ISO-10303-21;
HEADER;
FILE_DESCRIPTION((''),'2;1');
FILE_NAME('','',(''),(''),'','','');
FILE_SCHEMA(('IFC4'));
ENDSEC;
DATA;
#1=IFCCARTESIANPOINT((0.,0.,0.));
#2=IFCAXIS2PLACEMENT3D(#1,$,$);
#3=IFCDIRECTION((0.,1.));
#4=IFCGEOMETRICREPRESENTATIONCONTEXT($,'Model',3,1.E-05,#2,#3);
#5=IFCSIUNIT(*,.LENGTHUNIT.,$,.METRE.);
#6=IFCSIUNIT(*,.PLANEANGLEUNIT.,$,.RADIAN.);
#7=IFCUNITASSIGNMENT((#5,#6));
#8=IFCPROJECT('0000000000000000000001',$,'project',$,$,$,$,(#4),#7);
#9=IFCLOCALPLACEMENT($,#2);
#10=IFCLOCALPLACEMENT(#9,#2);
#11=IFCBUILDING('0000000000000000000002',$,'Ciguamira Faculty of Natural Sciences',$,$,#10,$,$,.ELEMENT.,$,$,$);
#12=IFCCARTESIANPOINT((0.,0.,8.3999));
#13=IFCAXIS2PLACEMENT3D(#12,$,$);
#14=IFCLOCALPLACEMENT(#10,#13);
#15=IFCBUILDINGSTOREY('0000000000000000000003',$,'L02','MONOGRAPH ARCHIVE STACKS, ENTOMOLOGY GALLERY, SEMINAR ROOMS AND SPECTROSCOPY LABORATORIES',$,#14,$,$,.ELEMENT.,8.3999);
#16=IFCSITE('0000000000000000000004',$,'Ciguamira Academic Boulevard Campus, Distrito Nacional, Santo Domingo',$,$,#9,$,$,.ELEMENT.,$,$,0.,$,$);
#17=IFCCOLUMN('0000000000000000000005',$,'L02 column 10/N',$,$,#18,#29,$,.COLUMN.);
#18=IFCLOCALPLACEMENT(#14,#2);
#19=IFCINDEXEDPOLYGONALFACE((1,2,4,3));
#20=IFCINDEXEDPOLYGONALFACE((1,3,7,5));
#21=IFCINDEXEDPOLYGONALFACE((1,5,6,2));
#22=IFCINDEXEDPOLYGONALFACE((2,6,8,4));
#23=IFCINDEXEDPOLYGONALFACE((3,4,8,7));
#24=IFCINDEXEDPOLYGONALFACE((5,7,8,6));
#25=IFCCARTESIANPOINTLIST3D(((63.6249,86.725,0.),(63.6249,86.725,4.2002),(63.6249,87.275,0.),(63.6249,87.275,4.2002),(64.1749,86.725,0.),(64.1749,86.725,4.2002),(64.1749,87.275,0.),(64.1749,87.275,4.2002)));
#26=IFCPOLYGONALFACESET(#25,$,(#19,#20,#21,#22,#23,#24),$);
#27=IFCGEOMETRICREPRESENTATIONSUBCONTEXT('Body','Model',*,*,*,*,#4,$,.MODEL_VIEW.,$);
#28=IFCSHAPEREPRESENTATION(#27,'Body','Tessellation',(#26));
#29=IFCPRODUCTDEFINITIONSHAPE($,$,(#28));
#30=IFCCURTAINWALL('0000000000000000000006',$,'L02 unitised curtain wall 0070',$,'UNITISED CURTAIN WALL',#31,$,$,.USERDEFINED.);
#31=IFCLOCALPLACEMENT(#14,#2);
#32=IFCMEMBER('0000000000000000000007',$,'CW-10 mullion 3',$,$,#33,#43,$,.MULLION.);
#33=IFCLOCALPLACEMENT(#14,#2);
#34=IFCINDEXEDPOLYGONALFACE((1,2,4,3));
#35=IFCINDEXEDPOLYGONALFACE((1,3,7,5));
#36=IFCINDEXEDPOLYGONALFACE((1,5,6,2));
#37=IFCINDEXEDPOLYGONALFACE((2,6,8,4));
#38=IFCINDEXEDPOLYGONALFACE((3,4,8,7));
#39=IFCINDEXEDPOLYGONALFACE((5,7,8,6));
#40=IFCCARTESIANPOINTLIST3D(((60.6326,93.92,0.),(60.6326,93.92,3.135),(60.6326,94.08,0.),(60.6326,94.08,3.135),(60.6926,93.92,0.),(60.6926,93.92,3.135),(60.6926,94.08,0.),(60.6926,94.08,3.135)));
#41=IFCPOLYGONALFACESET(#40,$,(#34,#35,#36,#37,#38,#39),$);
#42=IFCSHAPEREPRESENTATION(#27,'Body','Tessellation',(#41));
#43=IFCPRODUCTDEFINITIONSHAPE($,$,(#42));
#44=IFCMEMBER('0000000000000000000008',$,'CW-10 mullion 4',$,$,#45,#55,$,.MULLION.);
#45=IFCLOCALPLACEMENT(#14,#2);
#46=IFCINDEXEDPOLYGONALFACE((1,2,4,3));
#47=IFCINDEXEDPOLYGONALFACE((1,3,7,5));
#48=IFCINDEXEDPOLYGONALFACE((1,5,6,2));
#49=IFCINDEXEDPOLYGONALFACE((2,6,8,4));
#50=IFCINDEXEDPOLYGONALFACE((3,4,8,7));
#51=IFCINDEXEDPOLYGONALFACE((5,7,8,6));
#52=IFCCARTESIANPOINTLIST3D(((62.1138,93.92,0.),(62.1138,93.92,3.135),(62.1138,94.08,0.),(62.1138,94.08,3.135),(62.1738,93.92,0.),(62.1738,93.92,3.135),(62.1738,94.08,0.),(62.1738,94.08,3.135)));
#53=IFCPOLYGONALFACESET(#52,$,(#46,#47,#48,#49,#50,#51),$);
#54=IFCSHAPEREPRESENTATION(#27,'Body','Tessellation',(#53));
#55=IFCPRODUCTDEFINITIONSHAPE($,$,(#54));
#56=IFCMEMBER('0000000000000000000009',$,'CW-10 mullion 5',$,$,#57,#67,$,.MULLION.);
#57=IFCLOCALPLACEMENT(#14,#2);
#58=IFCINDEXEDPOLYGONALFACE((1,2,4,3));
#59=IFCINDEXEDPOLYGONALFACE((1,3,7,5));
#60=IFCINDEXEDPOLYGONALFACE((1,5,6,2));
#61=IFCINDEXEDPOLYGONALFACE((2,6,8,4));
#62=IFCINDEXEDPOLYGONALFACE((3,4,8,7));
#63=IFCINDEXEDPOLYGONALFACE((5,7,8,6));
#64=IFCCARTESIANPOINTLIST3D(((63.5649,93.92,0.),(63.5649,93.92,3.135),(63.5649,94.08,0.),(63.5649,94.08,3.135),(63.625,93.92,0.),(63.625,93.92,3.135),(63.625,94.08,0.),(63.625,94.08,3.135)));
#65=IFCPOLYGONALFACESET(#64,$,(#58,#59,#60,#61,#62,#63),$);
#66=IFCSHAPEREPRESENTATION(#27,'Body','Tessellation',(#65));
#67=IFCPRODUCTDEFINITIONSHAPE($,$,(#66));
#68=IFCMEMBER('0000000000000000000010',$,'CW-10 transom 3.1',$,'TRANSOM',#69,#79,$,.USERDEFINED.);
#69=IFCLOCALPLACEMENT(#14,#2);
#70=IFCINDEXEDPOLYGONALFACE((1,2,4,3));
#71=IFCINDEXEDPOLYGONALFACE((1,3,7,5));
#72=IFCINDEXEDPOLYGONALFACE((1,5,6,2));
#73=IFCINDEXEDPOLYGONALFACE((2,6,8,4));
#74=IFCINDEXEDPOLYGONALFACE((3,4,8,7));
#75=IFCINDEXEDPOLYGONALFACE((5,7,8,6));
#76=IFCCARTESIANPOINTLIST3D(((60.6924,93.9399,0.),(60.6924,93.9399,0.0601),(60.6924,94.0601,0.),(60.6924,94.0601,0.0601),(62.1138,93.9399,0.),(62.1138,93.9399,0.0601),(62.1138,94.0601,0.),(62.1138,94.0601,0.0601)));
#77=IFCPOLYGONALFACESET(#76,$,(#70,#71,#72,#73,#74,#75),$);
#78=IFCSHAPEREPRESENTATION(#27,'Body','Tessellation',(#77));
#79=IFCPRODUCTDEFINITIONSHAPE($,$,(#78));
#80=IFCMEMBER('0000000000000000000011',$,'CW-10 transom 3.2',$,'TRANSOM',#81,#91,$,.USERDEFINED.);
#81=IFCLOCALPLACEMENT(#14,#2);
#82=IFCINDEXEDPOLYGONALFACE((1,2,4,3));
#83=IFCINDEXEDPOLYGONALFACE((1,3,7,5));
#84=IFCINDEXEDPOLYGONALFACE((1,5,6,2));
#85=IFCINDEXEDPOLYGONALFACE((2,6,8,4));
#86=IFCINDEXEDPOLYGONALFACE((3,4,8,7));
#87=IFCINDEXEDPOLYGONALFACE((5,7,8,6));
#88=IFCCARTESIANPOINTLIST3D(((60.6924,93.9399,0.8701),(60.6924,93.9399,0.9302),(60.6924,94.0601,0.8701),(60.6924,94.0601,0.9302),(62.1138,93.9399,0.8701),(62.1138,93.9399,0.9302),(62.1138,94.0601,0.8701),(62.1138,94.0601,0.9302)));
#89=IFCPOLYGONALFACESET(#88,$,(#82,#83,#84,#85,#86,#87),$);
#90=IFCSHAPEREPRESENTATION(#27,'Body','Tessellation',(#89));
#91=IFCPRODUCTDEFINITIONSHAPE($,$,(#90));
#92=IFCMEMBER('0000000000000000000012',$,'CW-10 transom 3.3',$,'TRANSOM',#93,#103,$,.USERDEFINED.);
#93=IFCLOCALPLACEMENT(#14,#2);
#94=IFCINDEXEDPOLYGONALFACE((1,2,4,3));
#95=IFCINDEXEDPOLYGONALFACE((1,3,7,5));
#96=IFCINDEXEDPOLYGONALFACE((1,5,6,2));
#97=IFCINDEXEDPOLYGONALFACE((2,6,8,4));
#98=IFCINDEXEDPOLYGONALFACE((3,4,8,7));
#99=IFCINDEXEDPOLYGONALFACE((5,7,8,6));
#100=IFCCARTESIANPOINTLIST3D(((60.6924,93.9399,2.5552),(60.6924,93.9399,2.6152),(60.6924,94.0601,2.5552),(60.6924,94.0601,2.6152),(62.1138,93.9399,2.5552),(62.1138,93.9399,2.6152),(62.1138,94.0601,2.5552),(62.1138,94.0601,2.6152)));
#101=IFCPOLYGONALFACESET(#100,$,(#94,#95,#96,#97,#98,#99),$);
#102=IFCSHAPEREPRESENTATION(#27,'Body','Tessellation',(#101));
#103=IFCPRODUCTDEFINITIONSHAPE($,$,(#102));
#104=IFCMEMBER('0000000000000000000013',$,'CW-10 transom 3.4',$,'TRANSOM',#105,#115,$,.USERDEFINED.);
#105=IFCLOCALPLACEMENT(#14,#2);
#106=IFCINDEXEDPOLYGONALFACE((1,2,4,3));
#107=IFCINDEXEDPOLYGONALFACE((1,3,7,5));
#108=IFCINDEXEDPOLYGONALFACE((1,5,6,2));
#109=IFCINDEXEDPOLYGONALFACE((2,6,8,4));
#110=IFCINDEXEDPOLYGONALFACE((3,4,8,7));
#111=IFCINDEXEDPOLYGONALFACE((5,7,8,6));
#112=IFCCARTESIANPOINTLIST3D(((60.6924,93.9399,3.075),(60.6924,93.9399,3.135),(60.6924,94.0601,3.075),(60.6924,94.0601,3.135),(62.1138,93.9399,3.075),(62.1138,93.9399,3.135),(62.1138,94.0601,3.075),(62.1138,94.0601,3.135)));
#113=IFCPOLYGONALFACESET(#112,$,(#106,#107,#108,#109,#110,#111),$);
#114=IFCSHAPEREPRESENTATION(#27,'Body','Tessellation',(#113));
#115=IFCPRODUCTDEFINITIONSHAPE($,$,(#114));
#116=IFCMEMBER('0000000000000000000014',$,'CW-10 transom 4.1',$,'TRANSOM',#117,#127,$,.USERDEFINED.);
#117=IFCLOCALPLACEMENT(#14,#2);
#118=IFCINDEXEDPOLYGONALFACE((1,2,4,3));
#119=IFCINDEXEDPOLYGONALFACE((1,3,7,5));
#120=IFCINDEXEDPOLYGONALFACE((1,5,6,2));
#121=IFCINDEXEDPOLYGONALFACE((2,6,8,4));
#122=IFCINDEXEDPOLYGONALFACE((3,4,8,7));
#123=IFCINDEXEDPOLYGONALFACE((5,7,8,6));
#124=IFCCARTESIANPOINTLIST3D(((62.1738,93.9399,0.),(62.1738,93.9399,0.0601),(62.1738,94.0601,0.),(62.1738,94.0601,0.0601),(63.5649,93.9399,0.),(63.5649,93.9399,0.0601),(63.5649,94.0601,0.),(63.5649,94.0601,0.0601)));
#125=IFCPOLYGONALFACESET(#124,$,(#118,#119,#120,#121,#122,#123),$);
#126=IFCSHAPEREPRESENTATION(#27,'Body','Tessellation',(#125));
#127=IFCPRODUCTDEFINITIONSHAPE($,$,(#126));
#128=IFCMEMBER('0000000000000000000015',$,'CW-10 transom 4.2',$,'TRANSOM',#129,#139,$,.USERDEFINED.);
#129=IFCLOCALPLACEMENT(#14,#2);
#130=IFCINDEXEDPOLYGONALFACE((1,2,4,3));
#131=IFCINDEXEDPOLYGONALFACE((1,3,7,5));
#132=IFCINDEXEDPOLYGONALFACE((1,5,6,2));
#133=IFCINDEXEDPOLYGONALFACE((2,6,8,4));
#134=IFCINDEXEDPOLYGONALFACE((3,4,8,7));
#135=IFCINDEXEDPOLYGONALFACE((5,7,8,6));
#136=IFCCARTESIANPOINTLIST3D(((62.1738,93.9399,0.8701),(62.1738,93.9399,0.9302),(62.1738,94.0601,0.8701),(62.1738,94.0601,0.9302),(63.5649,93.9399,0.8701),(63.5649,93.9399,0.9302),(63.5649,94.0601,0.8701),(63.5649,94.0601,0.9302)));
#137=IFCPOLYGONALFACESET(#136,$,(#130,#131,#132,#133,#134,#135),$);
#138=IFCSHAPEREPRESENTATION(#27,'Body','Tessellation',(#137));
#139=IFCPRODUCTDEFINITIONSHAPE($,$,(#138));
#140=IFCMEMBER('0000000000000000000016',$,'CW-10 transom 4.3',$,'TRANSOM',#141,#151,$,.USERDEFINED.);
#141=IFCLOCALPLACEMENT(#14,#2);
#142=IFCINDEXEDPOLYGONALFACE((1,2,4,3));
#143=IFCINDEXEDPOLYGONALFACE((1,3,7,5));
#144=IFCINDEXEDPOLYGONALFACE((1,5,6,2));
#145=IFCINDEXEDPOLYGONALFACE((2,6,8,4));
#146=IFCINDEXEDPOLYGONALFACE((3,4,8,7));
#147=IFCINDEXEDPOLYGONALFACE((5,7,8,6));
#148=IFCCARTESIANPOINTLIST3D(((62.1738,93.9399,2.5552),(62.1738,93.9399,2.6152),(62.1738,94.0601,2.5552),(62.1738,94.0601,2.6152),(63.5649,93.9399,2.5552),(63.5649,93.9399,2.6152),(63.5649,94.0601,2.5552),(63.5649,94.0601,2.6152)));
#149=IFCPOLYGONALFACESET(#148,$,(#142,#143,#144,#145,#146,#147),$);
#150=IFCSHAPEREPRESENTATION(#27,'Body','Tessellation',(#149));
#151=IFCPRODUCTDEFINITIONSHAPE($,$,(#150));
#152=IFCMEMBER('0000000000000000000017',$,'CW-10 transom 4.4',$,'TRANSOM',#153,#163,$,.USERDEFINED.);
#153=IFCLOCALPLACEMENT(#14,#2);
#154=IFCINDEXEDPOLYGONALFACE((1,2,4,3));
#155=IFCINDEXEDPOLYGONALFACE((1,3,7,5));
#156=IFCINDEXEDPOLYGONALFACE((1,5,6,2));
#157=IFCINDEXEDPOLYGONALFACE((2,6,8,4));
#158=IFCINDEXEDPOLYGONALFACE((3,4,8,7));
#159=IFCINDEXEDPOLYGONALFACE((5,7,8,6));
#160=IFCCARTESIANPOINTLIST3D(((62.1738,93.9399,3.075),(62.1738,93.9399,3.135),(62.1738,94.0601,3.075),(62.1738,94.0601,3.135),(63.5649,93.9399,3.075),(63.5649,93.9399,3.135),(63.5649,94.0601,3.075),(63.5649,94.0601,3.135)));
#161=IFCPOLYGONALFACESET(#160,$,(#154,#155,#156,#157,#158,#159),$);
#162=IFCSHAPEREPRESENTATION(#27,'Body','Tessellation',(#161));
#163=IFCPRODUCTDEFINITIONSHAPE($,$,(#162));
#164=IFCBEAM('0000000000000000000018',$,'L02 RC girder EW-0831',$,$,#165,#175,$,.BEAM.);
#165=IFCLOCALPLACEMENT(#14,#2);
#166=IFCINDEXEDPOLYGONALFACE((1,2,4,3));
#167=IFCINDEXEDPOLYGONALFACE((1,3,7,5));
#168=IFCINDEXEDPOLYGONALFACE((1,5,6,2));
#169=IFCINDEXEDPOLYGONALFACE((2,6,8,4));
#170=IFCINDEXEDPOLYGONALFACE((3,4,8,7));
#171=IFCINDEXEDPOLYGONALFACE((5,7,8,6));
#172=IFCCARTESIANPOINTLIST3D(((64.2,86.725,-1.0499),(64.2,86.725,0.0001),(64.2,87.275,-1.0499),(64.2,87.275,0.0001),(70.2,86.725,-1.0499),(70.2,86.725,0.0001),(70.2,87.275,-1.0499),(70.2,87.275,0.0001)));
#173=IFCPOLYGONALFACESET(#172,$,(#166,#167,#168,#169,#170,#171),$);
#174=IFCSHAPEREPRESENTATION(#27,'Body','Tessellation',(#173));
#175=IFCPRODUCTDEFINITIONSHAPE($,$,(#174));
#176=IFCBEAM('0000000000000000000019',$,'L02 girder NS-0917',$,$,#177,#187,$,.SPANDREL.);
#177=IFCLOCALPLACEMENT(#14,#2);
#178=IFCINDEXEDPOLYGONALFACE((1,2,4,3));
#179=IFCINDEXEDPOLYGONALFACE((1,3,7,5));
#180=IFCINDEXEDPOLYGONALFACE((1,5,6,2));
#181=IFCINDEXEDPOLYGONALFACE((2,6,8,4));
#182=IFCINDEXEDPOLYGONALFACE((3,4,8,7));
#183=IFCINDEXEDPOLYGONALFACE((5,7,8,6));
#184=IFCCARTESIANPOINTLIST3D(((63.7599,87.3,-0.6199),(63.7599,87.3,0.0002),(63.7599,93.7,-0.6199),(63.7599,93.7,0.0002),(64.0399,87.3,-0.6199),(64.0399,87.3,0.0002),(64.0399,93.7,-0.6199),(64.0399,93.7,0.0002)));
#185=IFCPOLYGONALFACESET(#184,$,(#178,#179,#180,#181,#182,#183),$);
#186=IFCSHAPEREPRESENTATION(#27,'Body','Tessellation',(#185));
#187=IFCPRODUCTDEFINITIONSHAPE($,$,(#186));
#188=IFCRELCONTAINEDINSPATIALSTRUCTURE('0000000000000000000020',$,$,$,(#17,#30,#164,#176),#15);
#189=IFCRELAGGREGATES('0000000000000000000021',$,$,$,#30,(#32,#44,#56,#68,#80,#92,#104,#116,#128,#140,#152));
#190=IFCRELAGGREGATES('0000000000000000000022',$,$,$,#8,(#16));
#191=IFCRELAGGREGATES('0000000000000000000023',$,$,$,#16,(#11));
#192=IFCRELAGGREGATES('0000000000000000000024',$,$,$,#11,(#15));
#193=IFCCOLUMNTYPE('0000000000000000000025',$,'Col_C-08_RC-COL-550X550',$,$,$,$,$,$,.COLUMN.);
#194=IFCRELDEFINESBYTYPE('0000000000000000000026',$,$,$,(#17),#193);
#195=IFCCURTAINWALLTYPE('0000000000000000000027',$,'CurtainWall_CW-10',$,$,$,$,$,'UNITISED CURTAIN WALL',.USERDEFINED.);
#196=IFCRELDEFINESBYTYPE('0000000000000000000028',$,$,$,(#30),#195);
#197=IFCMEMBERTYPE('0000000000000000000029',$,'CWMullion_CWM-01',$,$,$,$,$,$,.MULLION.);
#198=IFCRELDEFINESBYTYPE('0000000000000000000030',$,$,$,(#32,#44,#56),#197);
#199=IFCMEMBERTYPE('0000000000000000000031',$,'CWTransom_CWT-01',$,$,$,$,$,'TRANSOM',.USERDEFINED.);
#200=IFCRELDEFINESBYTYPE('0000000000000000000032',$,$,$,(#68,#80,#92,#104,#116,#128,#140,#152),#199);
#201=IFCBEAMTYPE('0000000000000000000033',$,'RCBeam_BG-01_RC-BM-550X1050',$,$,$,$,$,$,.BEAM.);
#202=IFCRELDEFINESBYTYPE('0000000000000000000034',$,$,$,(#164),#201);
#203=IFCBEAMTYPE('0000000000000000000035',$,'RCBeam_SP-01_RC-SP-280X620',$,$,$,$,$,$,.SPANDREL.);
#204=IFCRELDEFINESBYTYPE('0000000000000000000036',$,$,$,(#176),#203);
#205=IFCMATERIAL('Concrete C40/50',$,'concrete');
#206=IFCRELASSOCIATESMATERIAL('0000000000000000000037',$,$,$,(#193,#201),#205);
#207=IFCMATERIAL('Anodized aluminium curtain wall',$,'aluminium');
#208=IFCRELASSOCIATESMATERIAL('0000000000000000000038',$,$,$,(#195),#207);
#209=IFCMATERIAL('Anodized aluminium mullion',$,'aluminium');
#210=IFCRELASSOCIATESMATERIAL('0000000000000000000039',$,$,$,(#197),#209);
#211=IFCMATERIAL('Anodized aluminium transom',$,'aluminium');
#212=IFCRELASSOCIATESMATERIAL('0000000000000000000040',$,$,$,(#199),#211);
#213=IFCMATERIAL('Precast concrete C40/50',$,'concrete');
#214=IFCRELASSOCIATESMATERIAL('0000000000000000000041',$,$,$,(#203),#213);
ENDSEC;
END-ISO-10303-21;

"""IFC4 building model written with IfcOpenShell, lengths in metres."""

from ifc_helpers import new_model, si_unit, direction, frame, origin, origin_2d, place, context, subcontext, project, spatial, rectangle, extrude, material, material_profile, profile_set, type_object, element, aggregate, save


model = new_model("IFC4")

# Units and contexts
model_context = context("Model", 3, precision=1e-05, world=origin(), true_north=direction((0.0, 1.0)))
body_context = subcontext(model_context, "Body", "Model", "MODEL_VIEW")
ifc_project = project(units=[si_unit("LENGTHUNIT", "METRE"), si_unit("PLANEANGLEUNIT", "RADIAN")], contexts=[model_context])

# Site, building, storey
site_placement = place(None, origin())
site = spatial("IfcSite", under=ifc_project, at=site_placement, Name="Ciguamira Academic Boulevard Campus, Distrito Nacional, Santo Domingo", CompositionType="ELEMENT", RefElevation=0.0)
building_placement = place(site_placement, origin())
building = spatial("IfcBuilding", under=site, at=building_placement, Name="Ciguamira Faculty of Natural Sciences", CompositionType="ELEMENT")
storey_placement = place(building_placement, frame((0.0, 0.0, 8.3999)))
storey = spatial("IfcBuildingStorey", under=building, at=storey_placement, Name="L02", Description="MONOGRAPH ARCHIVE STACKS, ENTOMOLOGY GALLERY, SEMINAR ROOMS AND SPECTROSCOPY LABORATORIES", CompositionType="ELEMENT", Elevation=8.3999)

# Column
ifc_material_1 = material(Name="Concrete C40/50", Category="concrete")
ifc_material_profile_1 = material_profile(ifc_material_1, rectangle(XDim=0.55, YDim=0.55, at=origin_2d()), Name="RC-COL-550X550")
ifc_profile_set_1 = profile_set([ifc_material_profile_1], Name="Concrete C40/50")
column_type = type_object("IfcColumnType", Name="Col_C-08_RC-COL-550X550", PredefinedType="COLUMN", material=ifc_profile_set_1)
column_placement = place(storey_placement, frame((63.8999, 87.0, 0.0), z_axis=(0.0, 0.0, 1.0), x_axis=(1.0, 0.0, 0.0)))
element("IfcColumn", 1, at=column_placement, inside=storey, type_object=column_type, Name="L02 column 10/N", PredefinedType="COLUMN", context=body_context, shape_type="SweptSolid", body=[
    extrude(rectangle(XDim=0.55, YDim=0.55, at=origin_2d()), origin(), (0.0, 0.0, 1.0), 4.2002),
])

# Curtain wall, members
ifc_material_2 = material(Name="Anodized aluminium curtain wall", Category="aluminium")
curtain_wall_type = type_object("IfcCurtainWallType", Name="CurtainWall_CW-10", ElementType="UNITISED CURTAIN WALL", PredefinedType="USERDEFINED", material=ifc_material_2)
curtain_wall_placement = place(storey_placement, origin())
curtain_wall = element("IfcCurtainWall", 2, at=curtain_wall_placement, inside=storey, type_object=curtain_wall_type, Name="L02 unitised curtain wall 0070", ObjectType="UNITISED CURTAIN WALL", PredefinedType="USERDEFINED")
ifc_material_3 = material(Name="Anodized aluminium mullion", Category="aluminium")
ifc_material_profile_2 = material_profile(ifc_material_3, rectangle(XDim=0.0601, YDim=0.1599, at=origin_2d()), Name="ALU-MUL-60X160")
ifc_profile_set_2 = profile_set([ifc_material_profile_2], Name="Anodized aluminium mullion")
member_type_1 = type_object("IfcMemberType", Name="CWMullion_CWM-01", PredefinedType="MULLION", material=ifc_profile_set_2)
member_1_placement = place(storey_placement, frame((60.6626, 94.0, 0.0), z_axis=(0.0, 0.0, 1.0), x_axis=(1.0, 0.0, 0.0)))
member_1 = element("IfcMember", 3, at=member_1_placement, type_object=member_type_1, Name="CW-10 mullion 3", PredefinedType="MULLION", context=body_context, shape_type="SweptSolid", body=[
    extrude(rectangle(XDim=0.0601, YDim=0.1599, at=origin_2d()), origin(), (0.0, 0.0, 1.0), 3.135),
])
member_2_placement = place(storey_placement, frame((62.1438, 94.0, 0.0), z_axis=(0.0, 0.0, 1.0), x_axis=(1.0, 0.0, 0.0)))
member_2 = element("IfcMember", 4, at=member_2_placement, type_object=member_type_1, Name="CW-10 mullion 4", PredefinedType="MULLION", context=body_context, shape_type="SweptSolid", body=[
    extrude(rectangle(XDim=0.0601, YDim=0.1599, at=origin_2d()), origin(), (0.0, 0.0, 1.0), 3.135),
])
member_3_placement = place(storey_placement, frame((63.595, 94.0, 0.0), z_axis=(0.0, 0.0, 1.0), x_axis=(1.0, 0.0, 0.0)))
member_3 = element("IfcMember", 5, at=member_3_placement, type_object=member_type_1, Name="CW-10 mullion 5", PredefinedType="MULLION", context=body_context, shape_type="SweptSolid", body=[
    extrude(rectangle(XDim=0.0601, YDim=0.1599, at=origin_2d()), origin(), (0.0, 0.0, 1.0), 3.135),
])
ifc_material_4 = material(Name="Anodized aluminium transom", Category="aluminium")
ifc_material_profile_3 = material_profile(ifc_material_4, rectangle(XDim=0.0601, YDim=0.1201, at=origin_2d()), Name="ALU-TRN-60X120")
ifc_profile_set_3 = profile_set([ifc_material_profile_3], Name="Anodized aluminium transom")
member_type_2 = type_object("IfcMemberType", Name="CWTransom_CWT-01", ElementType="TRANSOM", PredefinedType="USERDEFINED", material=ifc_profile_set_3)
member_4_placement = place(storey_placement, frame((60.6924, 94.0, 0.03), z_axis=(1.0, 0.0, 0.0), x_axis=(0.0, 0.0, 1.0)))
member_4 = element("IfcMember", 6, at=member_4_placement, type_object=member_type_2, Name="CW-10 transom 3.1", ObjectType="TRANSOM", PredefinedType="USERDEFINED", context=body_context, shape_type="SweptSolid", body=[
    extrude(rectangle(XDim=0.0601, YDim=0.1201, at=origin_2d()), origin(), (0.0, 0.0, 1.0), 1.4214),
])
member_5_placement = place(storey_placement, frame((60.6924, 94.0, 0.9001), z_axis=(1.0, 0.0, 0.0), x_axis=(0.0, 0.0, 1.0)))
member_5 = element("IfcMember", 7, at=member_5_placement, type_object=member_type_2, Name="CW-10 transom 3.2", ObjectType="TRANSOM", PredefinedType="USERDEFINED", context=body_context, shape_type="SweptSolid", body=[
    extrude(rectangle(XDim=0.0601, YDim=0.1201, at=origin_2d()), origin(), (0.0, 0.0, 1.0), 1.4214),
])
member_6_placement = place(storey_placement, frame((60.6924, 94.0, 2.5852), z_axis=(1.0, 0.0, 0.0), x_axis=(0.0, 0.0, 1.0)))
member_6 = element("IfcMember", 8, at=member_6_placement, type_object=member_type_2, Name="CW-10 transom 3.3", ObjectType="TRANSOM", PredefinedType="USERDEFINED", context=body_context, shape_type="SweptSolid", body=[
    extrude(rectangle(XDim=0.0601, YDim=0.1201, at=origin_2d()), origin(), (0.0, 0.0, 1.0), 1.4214),
])
member_7_placement = place(storey_placement, frame((60.6924, 94.0, 3.105), z_axis=(1.0, 0.0, 0.0), x_axis=(0.0, 0.0, 1.0)))
member_7 = element("IfcMember", 9, at=member_7_placement, type_object=member_type_2, Name="CW-10 transom 3.4", ObjectType="TRANSOM", PredefinedType="USERDEFINED", context=body_context, shape_type="SweptSolid", body=[
    extrude(rectangle(XDim=0.0601, YDim=0.1201, at=origin_2d()), origin(), (0.0, 0.0, 1.0), 1.4214),
])
member_8_placement = place(storey_placement, frame((62.1738, 94.0, 0.03), z_axis=(1.0, 0.0, 0.0), x_axis=(0.0, 0.0, 1.0)))
member_8 = element("IfcMember", 10, at=member_8_placement, type_object=member_type_2, Name="CW-10 transom 4.1", ObjectType="TRANSOM", PredefinedType="USERDEFINED", context=body_context, shape_type="SweptSolid", body=[
    extrude(rectangle(XDim=0.0601, YDim=0.1201, at=origin_2d()), origin(), (0.0, 0.0, 1.0), 1.3911),
])
member_9_placement = place(storey_placement, frame((62.1738, 94.0, 0.9001), z_axis=(1.0, 0.0, 0.0), x_axis=(0.0, 0.0, 1.0)))
member_9 = element("IfcMember", 11, at=member_9_placement, type_object=member_type_2, Name="CW-10 transom 4.2", ObjectType="TRANSOM", PredefinedType="USERDEFINED", context=body_context, shape_type="SweptSolid", body=[
    extrude(rectangle(XDim=0.0601, YDim=0.1201, at=origin_2d()), origin(), (0.0, 0.0, 1.0), 1.3911),
])
member_10_placement = place(storey_placement, frame((62.1738, 94.0, 2.5852), z_axis=(1.0, 0.0, 0.0), x_axis=(0.0, 0.0, 1.0)))
member_10 = element("IfcMember", 12, at=member_10_placement, type_object=member_type_2, Name="CW-10 transom 4.3", ObjectType="TRANSOM", PredefinedType="USERDEFINED", context=body_context, shape_type="SweptSolid", body=[
    extrude(rectangle(XDim=0.0601, YDim=0.1201, at=origin_2d()), origin(), (0.0, 0.0, 1.0), 1.3911),
])
member_11_placement = place(storey_placement, frame((62.1738, 94.0, 3.105), z_axis=(1.0, 0.0, 0.0), x_axis=(0.0, 0.0, 1.0)))
member_11 = element("IfcMember", 13, at=member_11_placement, type_object=member_type_2, Name="CW-10 transom 4.4", ObjectType="TRANSOM", PredefinedType="USERDEFINED", context=body_context, shape_type="SweptSolid", body=[
    extrude(rectangle(XDim=0.0601, YDim=0.1201, at=origin_2d()), origin(), (0.0, 0.0, 1.0), 1.3911),
])

# Beams
ifc_material_profile_4 = material_profile(ifc_material_1, rectangle(XDim=0.55, YDim=1.05, at=origin_2d()), Name="RC-BM-550X1050")
ifc_profile_set_4 = profile_set([ifc_material_profile_4], Name="Concrete C40/50")
beam_type_1 = type_object("IfcBeamType", Name="RCBeam_BG-01_RC-BM-550X1050", PredefinedType="BEAM", material=ifc_profile_set_4)
beam_1_placement = place(storey_placement, frame((64.2, 87.0, -0.5249), z_axis=(1.0, 0.0, 0.0), x_axis=(0.0, 1.0, 0.0)))
element("IfcBeam", 14, at=beam_1_placement, inside=storey, type_object=beam_type_1, Name="L02 RC girder EW-0831", PredefinedType="BEAM", context=body_context, shape_type="SweptSolid", body=[
    extrude(rectangle(XDim=0.55, YDim=1.05, at=origin_2d()), origin(), (0.0, 0.0, 1.0), 6.0),
])
ifc_material_5 = material(Name="Precast concrete C40/50", Category="concrete")
ifc_material_profile_5 = material_profile(ifc_material_5, rectangle(XDim=0.28, YDim=0.6201, at=origin_2d()), Name="RC-SP-280X620")
ifc_profile_set_5 = profile_set([ifc_material_profile_5], Name="Precast concrete C40/50")
beam_type_2 = type_object("IfcBeamType", Name="RCBeam_SP-01_RC-SP-280X620", PredefinedType="SPANDREL", material=ifc_profile_set_5)
beam_2_placement = place(storey_placement, frame((63.8999, 87.3, -0.3098), z_axis=(0.0, 1.0, 0.0), x_axis=(-1.0, 0.0, 0.0)))
element("IfcBeam", 15, at=beam_2_placement, inside=storey, type_object=beam_type_2, Name="L02 girder NS-0917", PredefinedType="SPANDREL", context=body_context, shape_type="SweptSolid", body=[
    extrude(rectangle(XDim=0.28, YDim=0.6201, at=origin_2d()), origin(), (0.0, 0.0, 1.0), 6.3999),
])

aggregate(curtain_wall, [member_1, member_2, member_3, member_4, member_5, member_6, member_7, member_8, member_9, member_10, member_11])

save(model, "model.ifc")
